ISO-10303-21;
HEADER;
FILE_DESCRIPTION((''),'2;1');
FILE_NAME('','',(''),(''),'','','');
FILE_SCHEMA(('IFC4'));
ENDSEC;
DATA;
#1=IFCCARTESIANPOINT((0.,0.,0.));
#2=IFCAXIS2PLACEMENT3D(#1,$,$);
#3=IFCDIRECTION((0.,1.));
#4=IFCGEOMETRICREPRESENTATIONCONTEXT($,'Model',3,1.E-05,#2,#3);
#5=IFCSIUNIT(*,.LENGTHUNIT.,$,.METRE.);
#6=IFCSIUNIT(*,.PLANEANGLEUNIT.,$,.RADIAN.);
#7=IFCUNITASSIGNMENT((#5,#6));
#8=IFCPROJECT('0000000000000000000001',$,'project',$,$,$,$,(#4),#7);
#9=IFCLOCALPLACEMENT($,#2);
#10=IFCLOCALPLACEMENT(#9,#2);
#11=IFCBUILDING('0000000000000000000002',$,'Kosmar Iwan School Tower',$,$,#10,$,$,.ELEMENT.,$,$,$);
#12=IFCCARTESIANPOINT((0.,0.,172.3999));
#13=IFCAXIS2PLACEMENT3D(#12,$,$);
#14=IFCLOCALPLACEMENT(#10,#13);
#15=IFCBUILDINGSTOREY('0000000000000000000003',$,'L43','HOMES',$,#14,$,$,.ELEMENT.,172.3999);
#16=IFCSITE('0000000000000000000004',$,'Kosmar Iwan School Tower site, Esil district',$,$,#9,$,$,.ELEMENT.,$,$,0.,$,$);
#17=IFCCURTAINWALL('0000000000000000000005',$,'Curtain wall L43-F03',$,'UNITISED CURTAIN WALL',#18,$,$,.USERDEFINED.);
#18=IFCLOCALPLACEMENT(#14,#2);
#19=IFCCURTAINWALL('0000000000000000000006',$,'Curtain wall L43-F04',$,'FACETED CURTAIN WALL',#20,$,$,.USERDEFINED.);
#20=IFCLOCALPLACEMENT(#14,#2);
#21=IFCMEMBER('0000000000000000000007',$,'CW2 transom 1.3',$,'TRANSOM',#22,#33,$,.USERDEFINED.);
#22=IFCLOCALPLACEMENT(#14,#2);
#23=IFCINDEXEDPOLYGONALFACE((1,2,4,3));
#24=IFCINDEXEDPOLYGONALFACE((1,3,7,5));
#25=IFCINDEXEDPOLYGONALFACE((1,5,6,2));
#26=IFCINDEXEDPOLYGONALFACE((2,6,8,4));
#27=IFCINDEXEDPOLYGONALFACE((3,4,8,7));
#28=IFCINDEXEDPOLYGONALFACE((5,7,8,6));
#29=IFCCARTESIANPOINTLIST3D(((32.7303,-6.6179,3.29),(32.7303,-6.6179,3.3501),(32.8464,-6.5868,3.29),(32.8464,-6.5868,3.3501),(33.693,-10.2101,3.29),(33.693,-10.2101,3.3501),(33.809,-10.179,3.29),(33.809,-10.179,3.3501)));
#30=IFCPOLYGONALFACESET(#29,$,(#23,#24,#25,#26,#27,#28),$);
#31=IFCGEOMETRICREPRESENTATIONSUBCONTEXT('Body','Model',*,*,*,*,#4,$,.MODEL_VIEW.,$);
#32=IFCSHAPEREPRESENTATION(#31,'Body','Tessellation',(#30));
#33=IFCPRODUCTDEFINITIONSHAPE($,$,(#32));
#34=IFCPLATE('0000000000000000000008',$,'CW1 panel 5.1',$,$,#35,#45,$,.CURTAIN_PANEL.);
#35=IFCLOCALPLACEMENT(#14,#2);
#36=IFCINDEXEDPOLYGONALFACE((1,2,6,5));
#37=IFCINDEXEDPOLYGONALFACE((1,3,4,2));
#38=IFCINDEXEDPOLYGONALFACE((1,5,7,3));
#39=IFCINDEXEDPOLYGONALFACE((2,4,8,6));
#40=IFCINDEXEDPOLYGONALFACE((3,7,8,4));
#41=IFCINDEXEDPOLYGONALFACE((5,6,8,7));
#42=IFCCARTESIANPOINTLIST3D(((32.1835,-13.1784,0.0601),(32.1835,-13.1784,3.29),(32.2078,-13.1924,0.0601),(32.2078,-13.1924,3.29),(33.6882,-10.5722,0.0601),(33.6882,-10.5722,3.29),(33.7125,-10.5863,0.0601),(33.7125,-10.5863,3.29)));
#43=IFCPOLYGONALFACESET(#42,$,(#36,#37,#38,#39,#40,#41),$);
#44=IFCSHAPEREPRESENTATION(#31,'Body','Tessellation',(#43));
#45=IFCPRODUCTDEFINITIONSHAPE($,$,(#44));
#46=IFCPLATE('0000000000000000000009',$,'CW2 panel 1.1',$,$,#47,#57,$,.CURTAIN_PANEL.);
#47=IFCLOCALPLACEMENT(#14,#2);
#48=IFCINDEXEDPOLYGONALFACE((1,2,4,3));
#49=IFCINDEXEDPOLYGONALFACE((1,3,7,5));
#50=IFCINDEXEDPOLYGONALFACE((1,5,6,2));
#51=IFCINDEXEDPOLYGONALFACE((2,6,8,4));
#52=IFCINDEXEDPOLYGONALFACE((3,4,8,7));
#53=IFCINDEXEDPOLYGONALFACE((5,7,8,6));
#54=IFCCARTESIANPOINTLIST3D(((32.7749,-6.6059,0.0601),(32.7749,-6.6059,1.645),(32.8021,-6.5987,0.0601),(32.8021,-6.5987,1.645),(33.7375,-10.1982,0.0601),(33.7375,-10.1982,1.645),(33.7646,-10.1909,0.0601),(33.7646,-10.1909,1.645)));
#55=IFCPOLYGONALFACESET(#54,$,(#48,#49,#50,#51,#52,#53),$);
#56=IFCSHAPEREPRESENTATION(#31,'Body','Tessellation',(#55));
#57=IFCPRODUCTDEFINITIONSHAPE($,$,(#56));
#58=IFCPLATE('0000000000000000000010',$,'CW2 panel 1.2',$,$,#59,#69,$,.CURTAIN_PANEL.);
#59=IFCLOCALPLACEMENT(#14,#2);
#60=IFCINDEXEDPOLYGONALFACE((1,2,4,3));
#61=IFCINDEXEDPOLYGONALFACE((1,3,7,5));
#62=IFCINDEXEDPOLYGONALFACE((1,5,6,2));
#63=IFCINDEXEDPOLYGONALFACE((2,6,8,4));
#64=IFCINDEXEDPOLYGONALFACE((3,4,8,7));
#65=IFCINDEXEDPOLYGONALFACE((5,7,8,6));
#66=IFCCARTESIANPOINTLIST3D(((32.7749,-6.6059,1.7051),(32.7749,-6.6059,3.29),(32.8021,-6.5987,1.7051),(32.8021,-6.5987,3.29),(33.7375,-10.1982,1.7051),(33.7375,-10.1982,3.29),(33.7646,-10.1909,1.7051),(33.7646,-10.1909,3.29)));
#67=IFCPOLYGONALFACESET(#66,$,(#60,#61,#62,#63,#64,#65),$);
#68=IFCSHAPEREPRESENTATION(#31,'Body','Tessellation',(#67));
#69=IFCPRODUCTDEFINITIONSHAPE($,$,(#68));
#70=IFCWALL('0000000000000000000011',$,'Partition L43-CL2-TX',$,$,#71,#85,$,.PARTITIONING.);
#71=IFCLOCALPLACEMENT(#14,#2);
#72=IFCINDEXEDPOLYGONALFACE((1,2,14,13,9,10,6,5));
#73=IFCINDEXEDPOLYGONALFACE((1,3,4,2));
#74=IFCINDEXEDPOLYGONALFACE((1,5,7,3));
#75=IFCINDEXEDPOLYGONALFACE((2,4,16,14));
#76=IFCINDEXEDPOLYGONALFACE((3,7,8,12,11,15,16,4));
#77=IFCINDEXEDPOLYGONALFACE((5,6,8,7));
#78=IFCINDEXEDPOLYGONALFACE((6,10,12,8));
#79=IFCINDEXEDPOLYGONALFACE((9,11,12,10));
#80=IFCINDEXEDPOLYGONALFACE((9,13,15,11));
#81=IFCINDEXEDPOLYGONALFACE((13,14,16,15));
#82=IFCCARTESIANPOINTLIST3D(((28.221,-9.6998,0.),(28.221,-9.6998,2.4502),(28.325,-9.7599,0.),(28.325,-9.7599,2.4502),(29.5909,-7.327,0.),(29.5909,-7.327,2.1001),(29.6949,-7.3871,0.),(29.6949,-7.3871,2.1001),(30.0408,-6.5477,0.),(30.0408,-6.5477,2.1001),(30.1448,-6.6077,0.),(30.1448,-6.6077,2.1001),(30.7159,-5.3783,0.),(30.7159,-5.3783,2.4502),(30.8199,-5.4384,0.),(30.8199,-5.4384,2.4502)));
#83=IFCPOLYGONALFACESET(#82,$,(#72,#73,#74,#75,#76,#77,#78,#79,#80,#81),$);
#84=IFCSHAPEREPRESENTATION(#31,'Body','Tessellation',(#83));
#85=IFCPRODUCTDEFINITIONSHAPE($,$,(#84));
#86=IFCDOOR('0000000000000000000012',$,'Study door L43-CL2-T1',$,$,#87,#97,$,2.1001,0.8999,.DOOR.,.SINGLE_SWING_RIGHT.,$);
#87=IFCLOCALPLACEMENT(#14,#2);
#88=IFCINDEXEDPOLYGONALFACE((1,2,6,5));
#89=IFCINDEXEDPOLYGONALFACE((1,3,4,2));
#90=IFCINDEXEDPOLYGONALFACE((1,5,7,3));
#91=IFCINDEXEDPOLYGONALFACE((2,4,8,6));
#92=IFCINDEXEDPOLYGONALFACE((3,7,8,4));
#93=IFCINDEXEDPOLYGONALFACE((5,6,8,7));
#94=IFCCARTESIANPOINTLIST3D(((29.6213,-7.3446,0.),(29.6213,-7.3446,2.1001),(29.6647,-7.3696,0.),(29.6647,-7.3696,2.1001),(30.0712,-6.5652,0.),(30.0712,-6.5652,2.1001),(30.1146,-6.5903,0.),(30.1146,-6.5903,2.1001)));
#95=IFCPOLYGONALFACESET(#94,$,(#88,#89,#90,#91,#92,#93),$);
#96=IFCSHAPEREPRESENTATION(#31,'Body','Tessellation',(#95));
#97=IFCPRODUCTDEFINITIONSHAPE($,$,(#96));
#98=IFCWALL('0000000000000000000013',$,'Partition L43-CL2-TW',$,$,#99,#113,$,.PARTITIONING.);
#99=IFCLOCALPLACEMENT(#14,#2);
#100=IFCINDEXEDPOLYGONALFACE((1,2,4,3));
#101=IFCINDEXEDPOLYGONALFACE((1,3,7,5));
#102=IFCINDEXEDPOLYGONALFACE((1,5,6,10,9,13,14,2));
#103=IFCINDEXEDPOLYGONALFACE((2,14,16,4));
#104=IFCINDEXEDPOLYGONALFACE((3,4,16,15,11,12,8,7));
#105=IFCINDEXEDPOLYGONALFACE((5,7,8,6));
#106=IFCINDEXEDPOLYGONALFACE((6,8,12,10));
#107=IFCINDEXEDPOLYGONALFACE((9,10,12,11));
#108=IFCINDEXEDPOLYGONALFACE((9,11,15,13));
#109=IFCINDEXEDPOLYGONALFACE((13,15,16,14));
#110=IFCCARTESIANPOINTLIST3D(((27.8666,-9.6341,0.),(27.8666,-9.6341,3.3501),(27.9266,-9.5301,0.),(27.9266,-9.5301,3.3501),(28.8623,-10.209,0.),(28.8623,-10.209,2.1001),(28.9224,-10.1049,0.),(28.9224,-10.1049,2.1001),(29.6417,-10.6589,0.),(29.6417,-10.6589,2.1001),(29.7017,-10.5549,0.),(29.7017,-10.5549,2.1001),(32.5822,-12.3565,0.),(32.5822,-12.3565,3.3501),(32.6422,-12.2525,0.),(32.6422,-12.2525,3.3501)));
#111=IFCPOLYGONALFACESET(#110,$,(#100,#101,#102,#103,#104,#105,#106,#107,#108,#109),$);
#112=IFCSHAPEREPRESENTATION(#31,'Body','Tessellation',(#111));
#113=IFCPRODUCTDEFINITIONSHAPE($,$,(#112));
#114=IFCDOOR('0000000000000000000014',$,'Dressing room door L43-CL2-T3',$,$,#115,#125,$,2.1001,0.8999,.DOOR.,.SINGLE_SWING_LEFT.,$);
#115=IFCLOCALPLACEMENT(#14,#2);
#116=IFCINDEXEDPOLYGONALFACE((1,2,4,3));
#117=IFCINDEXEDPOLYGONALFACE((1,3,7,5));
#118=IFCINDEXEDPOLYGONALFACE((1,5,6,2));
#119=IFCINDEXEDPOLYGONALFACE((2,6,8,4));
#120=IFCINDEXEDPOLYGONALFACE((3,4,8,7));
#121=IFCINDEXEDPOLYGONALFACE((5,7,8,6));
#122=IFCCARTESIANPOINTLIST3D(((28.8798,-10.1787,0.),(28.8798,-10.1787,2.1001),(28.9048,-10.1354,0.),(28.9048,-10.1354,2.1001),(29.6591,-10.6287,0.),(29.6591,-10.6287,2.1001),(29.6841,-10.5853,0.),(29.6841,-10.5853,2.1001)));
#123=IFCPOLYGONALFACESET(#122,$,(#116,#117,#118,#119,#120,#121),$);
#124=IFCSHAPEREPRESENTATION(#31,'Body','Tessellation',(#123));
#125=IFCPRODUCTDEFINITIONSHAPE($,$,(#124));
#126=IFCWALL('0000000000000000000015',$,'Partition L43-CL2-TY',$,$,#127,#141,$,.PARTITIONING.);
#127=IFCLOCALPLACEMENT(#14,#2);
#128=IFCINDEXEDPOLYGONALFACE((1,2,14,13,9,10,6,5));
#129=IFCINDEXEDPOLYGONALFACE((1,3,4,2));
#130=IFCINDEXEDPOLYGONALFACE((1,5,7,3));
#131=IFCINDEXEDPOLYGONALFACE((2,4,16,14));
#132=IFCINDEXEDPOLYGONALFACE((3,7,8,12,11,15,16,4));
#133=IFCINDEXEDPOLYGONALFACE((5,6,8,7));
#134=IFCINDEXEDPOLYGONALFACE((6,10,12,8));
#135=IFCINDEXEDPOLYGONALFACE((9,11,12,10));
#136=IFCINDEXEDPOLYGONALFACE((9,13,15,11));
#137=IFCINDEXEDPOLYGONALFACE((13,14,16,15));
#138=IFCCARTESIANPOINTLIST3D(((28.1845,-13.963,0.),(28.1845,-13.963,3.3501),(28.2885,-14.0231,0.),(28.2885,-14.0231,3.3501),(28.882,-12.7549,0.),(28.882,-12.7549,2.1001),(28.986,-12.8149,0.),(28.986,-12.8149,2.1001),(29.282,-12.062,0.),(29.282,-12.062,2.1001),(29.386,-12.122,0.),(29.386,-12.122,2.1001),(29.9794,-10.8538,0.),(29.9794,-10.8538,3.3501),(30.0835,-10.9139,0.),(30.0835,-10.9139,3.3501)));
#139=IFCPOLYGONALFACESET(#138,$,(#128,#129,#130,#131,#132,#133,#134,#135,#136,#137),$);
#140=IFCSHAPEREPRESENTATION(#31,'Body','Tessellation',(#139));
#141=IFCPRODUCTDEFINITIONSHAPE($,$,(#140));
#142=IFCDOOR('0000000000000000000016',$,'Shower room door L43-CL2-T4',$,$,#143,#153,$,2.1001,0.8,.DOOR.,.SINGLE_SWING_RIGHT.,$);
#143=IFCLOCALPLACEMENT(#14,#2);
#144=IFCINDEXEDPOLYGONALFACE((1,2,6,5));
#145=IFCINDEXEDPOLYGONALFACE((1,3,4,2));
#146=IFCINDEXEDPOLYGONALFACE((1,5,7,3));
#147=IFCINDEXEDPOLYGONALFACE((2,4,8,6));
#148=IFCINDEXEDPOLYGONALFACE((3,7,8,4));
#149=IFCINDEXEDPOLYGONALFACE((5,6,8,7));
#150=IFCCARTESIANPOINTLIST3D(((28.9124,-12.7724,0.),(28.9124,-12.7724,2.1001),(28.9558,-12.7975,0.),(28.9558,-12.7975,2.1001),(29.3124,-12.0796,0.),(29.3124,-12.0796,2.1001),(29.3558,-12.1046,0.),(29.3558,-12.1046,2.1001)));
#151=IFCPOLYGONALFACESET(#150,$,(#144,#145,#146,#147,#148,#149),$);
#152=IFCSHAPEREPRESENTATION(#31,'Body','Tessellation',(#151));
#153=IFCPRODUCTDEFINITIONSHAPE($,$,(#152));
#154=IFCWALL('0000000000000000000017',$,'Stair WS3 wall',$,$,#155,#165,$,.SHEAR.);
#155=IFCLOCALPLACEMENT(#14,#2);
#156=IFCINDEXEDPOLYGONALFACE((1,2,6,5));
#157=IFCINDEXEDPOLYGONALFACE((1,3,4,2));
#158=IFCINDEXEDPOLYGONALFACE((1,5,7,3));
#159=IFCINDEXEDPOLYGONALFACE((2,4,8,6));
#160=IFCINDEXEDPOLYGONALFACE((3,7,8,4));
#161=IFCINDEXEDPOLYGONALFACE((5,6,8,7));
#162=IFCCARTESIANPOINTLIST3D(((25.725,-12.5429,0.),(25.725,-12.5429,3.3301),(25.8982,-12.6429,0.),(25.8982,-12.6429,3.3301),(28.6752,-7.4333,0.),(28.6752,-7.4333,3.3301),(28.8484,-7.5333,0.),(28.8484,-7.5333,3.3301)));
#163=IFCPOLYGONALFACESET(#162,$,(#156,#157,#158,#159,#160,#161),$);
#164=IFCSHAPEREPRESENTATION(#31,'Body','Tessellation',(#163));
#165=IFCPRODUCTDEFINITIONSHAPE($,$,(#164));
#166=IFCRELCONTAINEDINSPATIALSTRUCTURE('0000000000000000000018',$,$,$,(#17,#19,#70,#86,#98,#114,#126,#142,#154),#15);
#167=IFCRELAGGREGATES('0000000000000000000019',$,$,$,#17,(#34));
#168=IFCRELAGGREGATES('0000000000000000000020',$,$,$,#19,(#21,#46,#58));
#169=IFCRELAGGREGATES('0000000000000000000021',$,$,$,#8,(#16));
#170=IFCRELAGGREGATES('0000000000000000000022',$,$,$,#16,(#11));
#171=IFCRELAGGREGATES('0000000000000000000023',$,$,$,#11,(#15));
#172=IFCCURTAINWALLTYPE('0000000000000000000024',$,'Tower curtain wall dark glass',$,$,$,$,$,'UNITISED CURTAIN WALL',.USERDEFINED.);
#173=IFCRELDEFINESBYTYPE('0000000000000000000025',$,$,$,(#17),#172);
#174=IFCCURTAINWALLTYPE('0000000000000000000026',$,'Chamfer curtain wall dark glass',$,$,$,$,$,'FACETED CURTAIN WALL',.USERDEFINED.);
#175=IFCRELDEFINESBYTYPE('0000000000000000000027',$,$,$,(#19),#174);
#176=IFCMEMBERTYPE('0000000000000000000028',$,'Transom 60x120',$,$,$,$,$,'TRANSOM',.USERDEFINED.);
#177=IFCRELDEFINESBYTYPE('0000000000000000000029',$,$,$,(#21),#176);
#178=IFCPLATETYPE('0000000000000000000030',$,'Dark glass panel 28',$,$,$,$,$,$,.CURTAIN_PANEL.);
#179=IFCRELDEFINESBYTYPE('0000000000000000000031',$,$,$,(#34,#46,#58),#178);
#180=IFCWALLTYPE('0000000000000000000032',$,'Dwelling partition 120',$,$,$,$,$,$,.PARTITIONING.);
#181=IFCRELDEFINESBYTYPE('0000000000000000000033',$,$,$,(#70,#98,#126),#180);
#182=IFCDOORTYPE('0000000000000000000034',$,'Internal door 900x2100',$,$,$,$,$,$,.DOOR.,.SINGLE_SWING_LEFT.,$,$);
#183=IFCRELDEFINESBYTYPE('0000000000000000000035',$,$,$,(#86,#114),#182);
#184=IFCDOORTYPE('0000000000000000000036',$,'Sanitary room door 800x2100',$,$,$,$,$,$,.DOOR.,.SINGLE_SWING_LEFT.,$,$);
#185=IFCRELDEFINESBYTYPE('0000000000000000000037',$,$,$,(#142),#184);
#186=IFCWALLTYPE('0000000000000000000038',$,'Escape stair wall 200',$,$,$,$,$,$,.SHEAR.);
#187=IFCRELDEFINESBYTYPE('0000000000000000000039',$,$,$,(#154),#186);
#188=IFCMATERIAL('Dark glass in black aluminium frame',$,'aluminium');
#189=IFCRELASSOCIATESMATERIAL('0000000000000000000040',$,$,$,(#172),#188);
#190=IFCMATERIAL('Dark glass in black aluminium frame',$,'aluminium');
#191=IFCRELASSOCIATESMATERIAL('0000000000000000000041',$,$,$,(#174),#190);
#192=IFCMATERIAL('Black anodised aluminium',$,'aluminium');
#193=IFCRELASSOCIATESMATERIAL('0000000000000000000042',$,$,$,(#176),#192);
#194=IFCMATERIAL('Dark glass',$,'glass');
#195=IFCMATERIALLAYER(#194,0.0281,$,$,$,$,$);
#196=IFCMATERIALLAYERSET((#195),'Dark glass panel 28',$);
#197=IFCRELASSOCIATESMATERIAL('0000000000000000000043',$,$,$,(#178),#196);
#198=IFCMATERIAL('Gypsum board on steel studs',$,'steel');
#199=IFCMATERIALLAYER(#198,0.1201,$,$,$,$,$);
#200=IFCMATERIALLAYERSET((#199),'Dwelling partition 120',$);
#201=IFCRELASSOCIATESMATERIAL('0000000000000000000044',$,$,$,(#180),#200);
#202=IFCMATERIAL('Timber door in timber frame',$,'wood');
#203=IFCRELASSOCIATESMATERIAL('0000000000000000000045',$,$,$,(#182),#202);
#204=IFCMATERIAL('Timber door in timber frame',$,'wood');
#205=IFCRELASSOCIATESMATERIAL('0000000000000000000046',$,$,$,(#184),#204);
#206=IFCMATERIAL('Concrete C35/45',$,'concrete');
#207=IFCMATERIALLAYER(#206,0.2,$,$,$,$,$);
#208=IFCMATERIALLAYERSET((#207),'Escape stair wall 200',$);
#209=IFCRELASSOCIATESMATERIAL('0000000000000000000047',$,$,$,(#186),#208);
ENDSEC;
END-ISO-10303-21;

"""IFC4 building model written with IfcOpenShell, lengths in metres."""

from ifc_helpers import new_model, si_unit, direction, frame, frame_2d, origin, origin_2d, place, context, subcontext, project, spatial, rectangle, extrude, material, layer, layer_set, material_profile, profile_set, type_object, element, fill, aggregate, save


model = new_model("IFC4")

# Units and contexts
model_context = context("Model", 3, precision=1e-05, world=origin(), true_north=direction((0.0, 1.0)))
body_context = subcontext(model_context, "Body", "Model", "MODEL_VIEW")
ifc_project = project(units=[si_unit("LENGTHUNIT", "METRE"), si_unit("PLANEANGLEUNIT", "RADIAN")], contexts=[model_context])

# Site, building, storey
site_placement = place(None, origin())
site = spatial("IfcSite", under=ifc_project, at=site_placement, Name="Kosmar Iwan School Tower site, Esil district", CompositionType="ELEMENT", RefElevation=0.0)
building_placement = place(site_placement, origin())
building = spatial("IfcBuilding", under=site, at=building_placement, Name="Kosmar Iwan School Tower", CompositionType="ELEMENT")
storey_placement = place(building_placement, frame((0.0, 0.0, 172.3999)))
storey = spatial("IfcBuildingStorey", under=building, at=storey_placement, Name="L43", Description="HOMES", CompositionType="ELEMENT", Elevation=172.3999)

# Curtain walls
ifc_material_1 = material(Name="Dark glass in black aluminium frame", Category="aluminium")
curtain_wall_type_1 = type_object("IfcCurtainWallType", Name="Tower curtain wall dark glass", ElementType="UNITISED CURTAIN WALL", PredefinedType="USERDEFINED", material=ifc_material_1)
curtain_wall_1_placement = place(storey_placement, origin())
curtain_wall_1 = element("IfcCurtainWall", 1, at=curtain_wall_1_placement, inside=storey, type_object=curtain_wall_type_1, Name="Curtain wall L43-F03", ObjectType="UNITISED CURTAIN WALL", PredefinedType="USERDEFINED")
ifc_material_2 = material(Name="Dark glass in black aluminium frame", Category="aluminium")
curtain_wall_type_2 = type_object("IfcCurtainWallType", Name="Chamfer curtain wall dark glass", ElementType="FACETED CURTAIN WALL", PredefinedType="USERDEFINED", material=ifc_material_2)
curtain_wall_2_placement = place(storey_placement, origin())
curtain_wall_2 = element("IfcCurtainWall", 2, at=curtain_wall_2_placement, inside=storey, type_object=curtain_wall_type_2, Name="Curtain wall L43-F04", ObjectType="FACETED CURTAIN WALL", PredefinedType="USERDEFINED")

# Member
ifc_material_3 = material(Name="Black anodised aluminium", Category="aluminium")
ifc_material_profile_1 = material_profile(ifc_material_3, rectangle(XDim=0.1201, YDim=0.0601, at=origin_2d()), Name="TRANSOM 60x120")
ifc_profile_set_1 = profile_set([ifc_material_profile_1], Name="Black anodised aluminium")
member_type_1 = type_object("IfcMemberType", Name="Transom 60x120", ElementType="TRANSOM", PredefinedType="USERDEFINED", material=ifc_profile_set_1)
member_1_placement = place(storey_placement, frame((33.751, -10.1946, 3.3201), z_axis=(-0.258843, 0.965919, 0.0), x_axis=(-0.965919, -0.258843, 0.0)))
member_1 = element("IfcMember", 3, at=member_1_placement, type_object=member_type_1, Name="CW2 transom 1.3", ObjectType="TRANSOM", PredefinedType="USERDEFINED", context=body_context, shape_type="SweptSolid", body=[
    extrude(rectangle(XDim=0.1201, YDim=0.0601, at=origin_2d()), origin(), (0.0, 0.0, 1.0), 3.719),
])

# Plates
ifc_material_4 = material(Name="Dark glass", Category="glass")
ifc_layer_1 = layer(ifc_material_4, 0.0281)
ifc_layer_set_1 = layer_set([ifc_layer_1], Name="Dark glass panel 28")
plate_type = type_object("IfcPlateType", Name="Dark glass panel 28", PredefinedType="CURTAIN_PANEL", material=ifc_layer_set_1)
plate_1_placement = place(storey_placement, frame((32.948, -11.8823, 0.0601), z_axis=(0.0, 0.0, 1.0), x_axis=(0.5, 0.866025, 0.0)))
plate_1 = element("IfcPlate", 4, at=plate_1_placement, type_object=plate_type, Name="CW1 panel 5.1", PredefinedType="CURTAIN_PANEL", context=body_context, shape_type="SweptSolid", body=[
    extrude(rectangle(XDim=3.0093, YDim=0.0281, at=origin_2d()), origin(), (0.0, 0.0, 1.0), 3.23),
])
aggregate(curtain_wall_1, [plate_1])
plate_2_placement = place(storey_placement, frame((33.2698, -8.3984, 0.0601), z_axis=(0.0, 0.0, 1.0), x_axis=(-0.258819, 0.965926, 0.0)))
plate_2 = element("IfcPlate", 5, at=plate_2_placement, type_object=plate_type, Name="CW2 panel 1.1", PredefinedType="CURTAIN_PANEL", context=body_context, shape_type="SweptSolid", body=[
    extrude(rectangle(XDim=3.719, YDim=0.0281, at=origin_2d()), origin(), (0.0, 0.0, 1.0), 1.585),
])
plate_3_placement = place(storey_placement, frame((33.2698, -8.3984, 1.7051), z_axis=(0.0, 0.0, 1.0), x_axis=(-0.258819, 0.965926, 0.0)))
plate_3 = element("IfcPlate", 6, at=plate_3_placement, type_object=plate_type, Name="CW2 panel 1.2", PredefinedType="CURTAIN_PANEL", context=body_context, shape_type="SweptSolid", body=[
    extrude(rectangle(XDim=3.719, YDim=0.0281, at=origin_2d()), origin(), (0.0, 0.0, 1.0), 1.585),
])
aggregate(curtain_wall_2, [member_1, plate_2, plate_3])

# Walls, openings, doors
ifc_material_5 = material(Name="Gypsum board on steel studs", Category="steel")
ifc_layer_2 = layer(ifc_material_5, 0.1201)
ifc_layer_set_2 = layer_set([ifc_layer_2], Name="Dwelling partition 120")
wall_type_1 = type_object("IfcWallType", Name="Dwelling partition 120", PredefinedType="PARTITIONING", material=ifc_layer_set_2)
wall_1_placement = place(storey_placement, frame((28.2729, -9.73, 0.0), z_axis=(0.0, 0.0, 1.0), x_axis=(0.499975, 0.86604, 0.0)))
wall_1 = element("IfcWall", 7, at=wall_1_placement, inside=storey, type_object=wall_type_1, Name="Partition L43-CL2-TX", PredefinedType="PARTITIONING", context=body_context, shape_type="SweptSolid", body=[
    extrude(rectangle(XDim=4.99, YDim=0.1201, at=frame_2d((2.4951, 0.0))), origin(), (0.0, 0.0, 1.0), 2.4502),
])
opening_1_placement = place(wall_1_placement, frame((2.74, 0.0, 0.0)))
opening_1 = element("IfcOpeningElement", 8, at=opening_1_placement, cuts=wall_1, PredefinedType="OPENING", context=body_context, shape_type="SweptSolid", body=[
    extrude(rectangle(XDim=0.8999, YDim=2.1001, at=frame_2d((0.45, 1.05))), frame((0.0, 0.072, 0.0), z_axis=(0.0, -1.0, 0.0), x_axis=(1.0, 0.0, 0.0)), (0.0, 0.0, 1.0), 0.144),
])
ifc_material_6 = material(Name="Timber door in timber frame", Category="wood")
door_type_1 = type_object("IfcDoorType", Name="Internal door 900x2100", OperationType="SINGLE_SWING_LEFT", PredefinedType="DOOR", material=ifc_material_6)
door_1_placement = place(opening_1_placement, origin())
door_1 = element("IfcDoor", 9, at=door_1_placement, inside=storey, type_object=door_type_1, Name="Study door L43-CL2-T1", OperationType="SINGLE_SWING_RIGHT", OverallHeight=2.1001, OverallWidth=0.8999, PredefinedType="DOOR", context=body_context, shape_type="SweptSolid", body=[
    extrude(rectangle(XDim=0.8999, YDim=2.1001, at=frame_2d((0.45, 1.05))), frame((0.0, 0.0249, 0.0), z_axis=(0.0, -1.0, 0.0), x_axis=(1.0, 0.0, 0.0)), (0.0, 0.0, 1.0), 0.05),
])
fill(opening_1, door_1)
wall_2_placement = place(storey_placement, frame((27.8965, -9.582, 0.0), z_axis=(0.0, 0.0, 1.0), x_axis=(0.866036, -0.499982, 0.0)))
wall_2 = element("IfcWall", 10, at=wall_2_placement, inside=storey, type_object=wall_type_1, Name="Partition L43-CL2-TW", PredefinedType="PARTITIONING", context=body_context, shape_type="SweptSolid", body=[
    extrude(rectangle(XDim=5.4451, YDim=0.1201, at=frame_2d((2.7227, 0.0))), origin(), (0.0, 0.0, 1.0), 3.3501),
])
opening_2_placement = place(wall_2_placement, frame((1.1499, 0.0, 0.0)))
opening_2 = element("IfcOpeningElement", 11, at=opening_2_placement, cuts=wall_2, PredefinedType="OPENING", context=body_context, shape_type="SweptSolid", body=[
    extrude(rectangle(XDim=0.8999, YDim=2.1001, at=frame_2d((0.45, 1.05))), frame((0.0, 0.072, 0.0), z_axis=(0.0, -1.0, 0.0), x_axis=(1.0, 0.0, 0.0)), (0.0, 0.0, 1.0), 0.144),
])
door_2_placement = place(opening_2_placement, origin())
door_2 = element("IfcDoor", 12, at=door_2_placement, inside=storey, type_object=door_type_1, Name="Dressing room door L43-CL2-T3", OperationType="SINGLE_SWING_LEFT", OverallHeight=2.1001, OverallWidth=0.8999, PredefinedType="DOOR", context=body_context, shape_type="SweptSolid", body=[
    extrude(rectangle(XDim=0.8999, YDim=2.1001, at=frame_2d((0.45, 1.05))), frame((0.0, 0.0249, 0.0), z_axis=(0.0, -1.0, 0.0), x_axis=(1.0, 0.0, 0.0)), (0.0, 0.0, 1.0), 0.05),
])
fill(opening_2, door_2)
wall_3_placement = place(storey_placement, frame((28.2366, -13.9929, 0.0), z_axis=(0.0, 0.0, 1.0), x_axis=(0.499972, 0.866042, 0.0)))
wall_3 = element("IfcWall", 13, at=wall_3_placement, inside=storey, type_object=wall_type_1, Name="Partition L43-CL2-TY", PredefinedType="PARTITIONING", context=body_context, shape_type="SweptSolid", body=[
    extrude(rectangle(XDim=3.5901, YDim=0.1201, at=frame_2d((1.7949, 0.0))), origin(), (0.0, 0.0, 1.0), 3.3501),
])
opening_3_placement = place(wall_3_placement, frame((1.395, 0.0, 0.0)))
opening_3 = element("IfcOpeningElement", 14, at=opening_3_placement, cuts=wall_3, PredefinedType="OPENING", context=body_context, shape_type="SweptSolid", body=[
    extrude(rectangle(XDim=0.8, YDim=2.1001, at=frame_2d((0.3999, 1.05))), frame((0.0, 0.072, 0.0), z_axis=(0.0, -1.0, 0.0), x_axis=(1.0, 0.0, 0.0)), (0.0, 0.0, 1.0), 0.144),
])
ifc_material_7 = material(Name="Timber door in timber frame", Category="wood")
door_type_2 = type_object("IfcDoorType", Name="Sanitary room door 800x2100", OperationType="SINGLE_SWING_LEFT", PredefinedType="DOOR", material=ifc_material_7)
door_3_placement = place(opening_3_placement, origin())
door_3 = element("IfcDoor", 15, at=door_3_placement, inside=storey, type_object=door_type_2, Name="Shower room door L43-CL2-T4", OperationType="SINGLE_SWING_RIGHT", OverallHeight=2.1001, OverallWidth=0.8, PredefinedType="DOOR", context=body_context, shape_type="SweptSolid", body=[
    extrude(rectangle(XDim=0.8, YDim=2.1001, at=frame_2d((0.3999, 1.05))), frame((0.0, 0.0249, 0.0), z_axis=(0.0, -1.0, 0.0), x_axis=(1.0, 0.0, 0.0)), (0.0, 0.0, 1.0), 0.05),
])
fill(opening_3, door_3)

# Wall
ifc_material_8 = material(Name="Concrete C35/45", Category="concrete")
ifc_layer_3 = layer(ifc_material_8, 0.2)
ifc_layer_set_3 = layer_set([ifc_layer_3], Name="Escape stair wall 200")
wall_type_2 = type_object("IfcWallType", Name="Escape stair wall 200", PredefinedType="SHEAR", material=ifc_layer_set_3)
wall_4_placement = place(storey_placement, frame((25.8115, -12.593, 0.0), z_axis=(0.0, 0.0, 1.0), x_axis=(0.50002, 0.866014, 0.0)))
element("IfcWall", 16, at=wall_4_placement, inside=storey, type_object=wall_type_2, Name="Stair WS3 wall", PredefinedType="SHEAR", context=body_context, shape_type="SweptSolid", body=[
    extrude(rectangle(XDim=5.9001, YDim=0.2, at=frame_2d((2.9502, 0.0))), origin(), (0.0, 0.0, 1.0), 3.3301),
])

save(model, "model.ifc")
